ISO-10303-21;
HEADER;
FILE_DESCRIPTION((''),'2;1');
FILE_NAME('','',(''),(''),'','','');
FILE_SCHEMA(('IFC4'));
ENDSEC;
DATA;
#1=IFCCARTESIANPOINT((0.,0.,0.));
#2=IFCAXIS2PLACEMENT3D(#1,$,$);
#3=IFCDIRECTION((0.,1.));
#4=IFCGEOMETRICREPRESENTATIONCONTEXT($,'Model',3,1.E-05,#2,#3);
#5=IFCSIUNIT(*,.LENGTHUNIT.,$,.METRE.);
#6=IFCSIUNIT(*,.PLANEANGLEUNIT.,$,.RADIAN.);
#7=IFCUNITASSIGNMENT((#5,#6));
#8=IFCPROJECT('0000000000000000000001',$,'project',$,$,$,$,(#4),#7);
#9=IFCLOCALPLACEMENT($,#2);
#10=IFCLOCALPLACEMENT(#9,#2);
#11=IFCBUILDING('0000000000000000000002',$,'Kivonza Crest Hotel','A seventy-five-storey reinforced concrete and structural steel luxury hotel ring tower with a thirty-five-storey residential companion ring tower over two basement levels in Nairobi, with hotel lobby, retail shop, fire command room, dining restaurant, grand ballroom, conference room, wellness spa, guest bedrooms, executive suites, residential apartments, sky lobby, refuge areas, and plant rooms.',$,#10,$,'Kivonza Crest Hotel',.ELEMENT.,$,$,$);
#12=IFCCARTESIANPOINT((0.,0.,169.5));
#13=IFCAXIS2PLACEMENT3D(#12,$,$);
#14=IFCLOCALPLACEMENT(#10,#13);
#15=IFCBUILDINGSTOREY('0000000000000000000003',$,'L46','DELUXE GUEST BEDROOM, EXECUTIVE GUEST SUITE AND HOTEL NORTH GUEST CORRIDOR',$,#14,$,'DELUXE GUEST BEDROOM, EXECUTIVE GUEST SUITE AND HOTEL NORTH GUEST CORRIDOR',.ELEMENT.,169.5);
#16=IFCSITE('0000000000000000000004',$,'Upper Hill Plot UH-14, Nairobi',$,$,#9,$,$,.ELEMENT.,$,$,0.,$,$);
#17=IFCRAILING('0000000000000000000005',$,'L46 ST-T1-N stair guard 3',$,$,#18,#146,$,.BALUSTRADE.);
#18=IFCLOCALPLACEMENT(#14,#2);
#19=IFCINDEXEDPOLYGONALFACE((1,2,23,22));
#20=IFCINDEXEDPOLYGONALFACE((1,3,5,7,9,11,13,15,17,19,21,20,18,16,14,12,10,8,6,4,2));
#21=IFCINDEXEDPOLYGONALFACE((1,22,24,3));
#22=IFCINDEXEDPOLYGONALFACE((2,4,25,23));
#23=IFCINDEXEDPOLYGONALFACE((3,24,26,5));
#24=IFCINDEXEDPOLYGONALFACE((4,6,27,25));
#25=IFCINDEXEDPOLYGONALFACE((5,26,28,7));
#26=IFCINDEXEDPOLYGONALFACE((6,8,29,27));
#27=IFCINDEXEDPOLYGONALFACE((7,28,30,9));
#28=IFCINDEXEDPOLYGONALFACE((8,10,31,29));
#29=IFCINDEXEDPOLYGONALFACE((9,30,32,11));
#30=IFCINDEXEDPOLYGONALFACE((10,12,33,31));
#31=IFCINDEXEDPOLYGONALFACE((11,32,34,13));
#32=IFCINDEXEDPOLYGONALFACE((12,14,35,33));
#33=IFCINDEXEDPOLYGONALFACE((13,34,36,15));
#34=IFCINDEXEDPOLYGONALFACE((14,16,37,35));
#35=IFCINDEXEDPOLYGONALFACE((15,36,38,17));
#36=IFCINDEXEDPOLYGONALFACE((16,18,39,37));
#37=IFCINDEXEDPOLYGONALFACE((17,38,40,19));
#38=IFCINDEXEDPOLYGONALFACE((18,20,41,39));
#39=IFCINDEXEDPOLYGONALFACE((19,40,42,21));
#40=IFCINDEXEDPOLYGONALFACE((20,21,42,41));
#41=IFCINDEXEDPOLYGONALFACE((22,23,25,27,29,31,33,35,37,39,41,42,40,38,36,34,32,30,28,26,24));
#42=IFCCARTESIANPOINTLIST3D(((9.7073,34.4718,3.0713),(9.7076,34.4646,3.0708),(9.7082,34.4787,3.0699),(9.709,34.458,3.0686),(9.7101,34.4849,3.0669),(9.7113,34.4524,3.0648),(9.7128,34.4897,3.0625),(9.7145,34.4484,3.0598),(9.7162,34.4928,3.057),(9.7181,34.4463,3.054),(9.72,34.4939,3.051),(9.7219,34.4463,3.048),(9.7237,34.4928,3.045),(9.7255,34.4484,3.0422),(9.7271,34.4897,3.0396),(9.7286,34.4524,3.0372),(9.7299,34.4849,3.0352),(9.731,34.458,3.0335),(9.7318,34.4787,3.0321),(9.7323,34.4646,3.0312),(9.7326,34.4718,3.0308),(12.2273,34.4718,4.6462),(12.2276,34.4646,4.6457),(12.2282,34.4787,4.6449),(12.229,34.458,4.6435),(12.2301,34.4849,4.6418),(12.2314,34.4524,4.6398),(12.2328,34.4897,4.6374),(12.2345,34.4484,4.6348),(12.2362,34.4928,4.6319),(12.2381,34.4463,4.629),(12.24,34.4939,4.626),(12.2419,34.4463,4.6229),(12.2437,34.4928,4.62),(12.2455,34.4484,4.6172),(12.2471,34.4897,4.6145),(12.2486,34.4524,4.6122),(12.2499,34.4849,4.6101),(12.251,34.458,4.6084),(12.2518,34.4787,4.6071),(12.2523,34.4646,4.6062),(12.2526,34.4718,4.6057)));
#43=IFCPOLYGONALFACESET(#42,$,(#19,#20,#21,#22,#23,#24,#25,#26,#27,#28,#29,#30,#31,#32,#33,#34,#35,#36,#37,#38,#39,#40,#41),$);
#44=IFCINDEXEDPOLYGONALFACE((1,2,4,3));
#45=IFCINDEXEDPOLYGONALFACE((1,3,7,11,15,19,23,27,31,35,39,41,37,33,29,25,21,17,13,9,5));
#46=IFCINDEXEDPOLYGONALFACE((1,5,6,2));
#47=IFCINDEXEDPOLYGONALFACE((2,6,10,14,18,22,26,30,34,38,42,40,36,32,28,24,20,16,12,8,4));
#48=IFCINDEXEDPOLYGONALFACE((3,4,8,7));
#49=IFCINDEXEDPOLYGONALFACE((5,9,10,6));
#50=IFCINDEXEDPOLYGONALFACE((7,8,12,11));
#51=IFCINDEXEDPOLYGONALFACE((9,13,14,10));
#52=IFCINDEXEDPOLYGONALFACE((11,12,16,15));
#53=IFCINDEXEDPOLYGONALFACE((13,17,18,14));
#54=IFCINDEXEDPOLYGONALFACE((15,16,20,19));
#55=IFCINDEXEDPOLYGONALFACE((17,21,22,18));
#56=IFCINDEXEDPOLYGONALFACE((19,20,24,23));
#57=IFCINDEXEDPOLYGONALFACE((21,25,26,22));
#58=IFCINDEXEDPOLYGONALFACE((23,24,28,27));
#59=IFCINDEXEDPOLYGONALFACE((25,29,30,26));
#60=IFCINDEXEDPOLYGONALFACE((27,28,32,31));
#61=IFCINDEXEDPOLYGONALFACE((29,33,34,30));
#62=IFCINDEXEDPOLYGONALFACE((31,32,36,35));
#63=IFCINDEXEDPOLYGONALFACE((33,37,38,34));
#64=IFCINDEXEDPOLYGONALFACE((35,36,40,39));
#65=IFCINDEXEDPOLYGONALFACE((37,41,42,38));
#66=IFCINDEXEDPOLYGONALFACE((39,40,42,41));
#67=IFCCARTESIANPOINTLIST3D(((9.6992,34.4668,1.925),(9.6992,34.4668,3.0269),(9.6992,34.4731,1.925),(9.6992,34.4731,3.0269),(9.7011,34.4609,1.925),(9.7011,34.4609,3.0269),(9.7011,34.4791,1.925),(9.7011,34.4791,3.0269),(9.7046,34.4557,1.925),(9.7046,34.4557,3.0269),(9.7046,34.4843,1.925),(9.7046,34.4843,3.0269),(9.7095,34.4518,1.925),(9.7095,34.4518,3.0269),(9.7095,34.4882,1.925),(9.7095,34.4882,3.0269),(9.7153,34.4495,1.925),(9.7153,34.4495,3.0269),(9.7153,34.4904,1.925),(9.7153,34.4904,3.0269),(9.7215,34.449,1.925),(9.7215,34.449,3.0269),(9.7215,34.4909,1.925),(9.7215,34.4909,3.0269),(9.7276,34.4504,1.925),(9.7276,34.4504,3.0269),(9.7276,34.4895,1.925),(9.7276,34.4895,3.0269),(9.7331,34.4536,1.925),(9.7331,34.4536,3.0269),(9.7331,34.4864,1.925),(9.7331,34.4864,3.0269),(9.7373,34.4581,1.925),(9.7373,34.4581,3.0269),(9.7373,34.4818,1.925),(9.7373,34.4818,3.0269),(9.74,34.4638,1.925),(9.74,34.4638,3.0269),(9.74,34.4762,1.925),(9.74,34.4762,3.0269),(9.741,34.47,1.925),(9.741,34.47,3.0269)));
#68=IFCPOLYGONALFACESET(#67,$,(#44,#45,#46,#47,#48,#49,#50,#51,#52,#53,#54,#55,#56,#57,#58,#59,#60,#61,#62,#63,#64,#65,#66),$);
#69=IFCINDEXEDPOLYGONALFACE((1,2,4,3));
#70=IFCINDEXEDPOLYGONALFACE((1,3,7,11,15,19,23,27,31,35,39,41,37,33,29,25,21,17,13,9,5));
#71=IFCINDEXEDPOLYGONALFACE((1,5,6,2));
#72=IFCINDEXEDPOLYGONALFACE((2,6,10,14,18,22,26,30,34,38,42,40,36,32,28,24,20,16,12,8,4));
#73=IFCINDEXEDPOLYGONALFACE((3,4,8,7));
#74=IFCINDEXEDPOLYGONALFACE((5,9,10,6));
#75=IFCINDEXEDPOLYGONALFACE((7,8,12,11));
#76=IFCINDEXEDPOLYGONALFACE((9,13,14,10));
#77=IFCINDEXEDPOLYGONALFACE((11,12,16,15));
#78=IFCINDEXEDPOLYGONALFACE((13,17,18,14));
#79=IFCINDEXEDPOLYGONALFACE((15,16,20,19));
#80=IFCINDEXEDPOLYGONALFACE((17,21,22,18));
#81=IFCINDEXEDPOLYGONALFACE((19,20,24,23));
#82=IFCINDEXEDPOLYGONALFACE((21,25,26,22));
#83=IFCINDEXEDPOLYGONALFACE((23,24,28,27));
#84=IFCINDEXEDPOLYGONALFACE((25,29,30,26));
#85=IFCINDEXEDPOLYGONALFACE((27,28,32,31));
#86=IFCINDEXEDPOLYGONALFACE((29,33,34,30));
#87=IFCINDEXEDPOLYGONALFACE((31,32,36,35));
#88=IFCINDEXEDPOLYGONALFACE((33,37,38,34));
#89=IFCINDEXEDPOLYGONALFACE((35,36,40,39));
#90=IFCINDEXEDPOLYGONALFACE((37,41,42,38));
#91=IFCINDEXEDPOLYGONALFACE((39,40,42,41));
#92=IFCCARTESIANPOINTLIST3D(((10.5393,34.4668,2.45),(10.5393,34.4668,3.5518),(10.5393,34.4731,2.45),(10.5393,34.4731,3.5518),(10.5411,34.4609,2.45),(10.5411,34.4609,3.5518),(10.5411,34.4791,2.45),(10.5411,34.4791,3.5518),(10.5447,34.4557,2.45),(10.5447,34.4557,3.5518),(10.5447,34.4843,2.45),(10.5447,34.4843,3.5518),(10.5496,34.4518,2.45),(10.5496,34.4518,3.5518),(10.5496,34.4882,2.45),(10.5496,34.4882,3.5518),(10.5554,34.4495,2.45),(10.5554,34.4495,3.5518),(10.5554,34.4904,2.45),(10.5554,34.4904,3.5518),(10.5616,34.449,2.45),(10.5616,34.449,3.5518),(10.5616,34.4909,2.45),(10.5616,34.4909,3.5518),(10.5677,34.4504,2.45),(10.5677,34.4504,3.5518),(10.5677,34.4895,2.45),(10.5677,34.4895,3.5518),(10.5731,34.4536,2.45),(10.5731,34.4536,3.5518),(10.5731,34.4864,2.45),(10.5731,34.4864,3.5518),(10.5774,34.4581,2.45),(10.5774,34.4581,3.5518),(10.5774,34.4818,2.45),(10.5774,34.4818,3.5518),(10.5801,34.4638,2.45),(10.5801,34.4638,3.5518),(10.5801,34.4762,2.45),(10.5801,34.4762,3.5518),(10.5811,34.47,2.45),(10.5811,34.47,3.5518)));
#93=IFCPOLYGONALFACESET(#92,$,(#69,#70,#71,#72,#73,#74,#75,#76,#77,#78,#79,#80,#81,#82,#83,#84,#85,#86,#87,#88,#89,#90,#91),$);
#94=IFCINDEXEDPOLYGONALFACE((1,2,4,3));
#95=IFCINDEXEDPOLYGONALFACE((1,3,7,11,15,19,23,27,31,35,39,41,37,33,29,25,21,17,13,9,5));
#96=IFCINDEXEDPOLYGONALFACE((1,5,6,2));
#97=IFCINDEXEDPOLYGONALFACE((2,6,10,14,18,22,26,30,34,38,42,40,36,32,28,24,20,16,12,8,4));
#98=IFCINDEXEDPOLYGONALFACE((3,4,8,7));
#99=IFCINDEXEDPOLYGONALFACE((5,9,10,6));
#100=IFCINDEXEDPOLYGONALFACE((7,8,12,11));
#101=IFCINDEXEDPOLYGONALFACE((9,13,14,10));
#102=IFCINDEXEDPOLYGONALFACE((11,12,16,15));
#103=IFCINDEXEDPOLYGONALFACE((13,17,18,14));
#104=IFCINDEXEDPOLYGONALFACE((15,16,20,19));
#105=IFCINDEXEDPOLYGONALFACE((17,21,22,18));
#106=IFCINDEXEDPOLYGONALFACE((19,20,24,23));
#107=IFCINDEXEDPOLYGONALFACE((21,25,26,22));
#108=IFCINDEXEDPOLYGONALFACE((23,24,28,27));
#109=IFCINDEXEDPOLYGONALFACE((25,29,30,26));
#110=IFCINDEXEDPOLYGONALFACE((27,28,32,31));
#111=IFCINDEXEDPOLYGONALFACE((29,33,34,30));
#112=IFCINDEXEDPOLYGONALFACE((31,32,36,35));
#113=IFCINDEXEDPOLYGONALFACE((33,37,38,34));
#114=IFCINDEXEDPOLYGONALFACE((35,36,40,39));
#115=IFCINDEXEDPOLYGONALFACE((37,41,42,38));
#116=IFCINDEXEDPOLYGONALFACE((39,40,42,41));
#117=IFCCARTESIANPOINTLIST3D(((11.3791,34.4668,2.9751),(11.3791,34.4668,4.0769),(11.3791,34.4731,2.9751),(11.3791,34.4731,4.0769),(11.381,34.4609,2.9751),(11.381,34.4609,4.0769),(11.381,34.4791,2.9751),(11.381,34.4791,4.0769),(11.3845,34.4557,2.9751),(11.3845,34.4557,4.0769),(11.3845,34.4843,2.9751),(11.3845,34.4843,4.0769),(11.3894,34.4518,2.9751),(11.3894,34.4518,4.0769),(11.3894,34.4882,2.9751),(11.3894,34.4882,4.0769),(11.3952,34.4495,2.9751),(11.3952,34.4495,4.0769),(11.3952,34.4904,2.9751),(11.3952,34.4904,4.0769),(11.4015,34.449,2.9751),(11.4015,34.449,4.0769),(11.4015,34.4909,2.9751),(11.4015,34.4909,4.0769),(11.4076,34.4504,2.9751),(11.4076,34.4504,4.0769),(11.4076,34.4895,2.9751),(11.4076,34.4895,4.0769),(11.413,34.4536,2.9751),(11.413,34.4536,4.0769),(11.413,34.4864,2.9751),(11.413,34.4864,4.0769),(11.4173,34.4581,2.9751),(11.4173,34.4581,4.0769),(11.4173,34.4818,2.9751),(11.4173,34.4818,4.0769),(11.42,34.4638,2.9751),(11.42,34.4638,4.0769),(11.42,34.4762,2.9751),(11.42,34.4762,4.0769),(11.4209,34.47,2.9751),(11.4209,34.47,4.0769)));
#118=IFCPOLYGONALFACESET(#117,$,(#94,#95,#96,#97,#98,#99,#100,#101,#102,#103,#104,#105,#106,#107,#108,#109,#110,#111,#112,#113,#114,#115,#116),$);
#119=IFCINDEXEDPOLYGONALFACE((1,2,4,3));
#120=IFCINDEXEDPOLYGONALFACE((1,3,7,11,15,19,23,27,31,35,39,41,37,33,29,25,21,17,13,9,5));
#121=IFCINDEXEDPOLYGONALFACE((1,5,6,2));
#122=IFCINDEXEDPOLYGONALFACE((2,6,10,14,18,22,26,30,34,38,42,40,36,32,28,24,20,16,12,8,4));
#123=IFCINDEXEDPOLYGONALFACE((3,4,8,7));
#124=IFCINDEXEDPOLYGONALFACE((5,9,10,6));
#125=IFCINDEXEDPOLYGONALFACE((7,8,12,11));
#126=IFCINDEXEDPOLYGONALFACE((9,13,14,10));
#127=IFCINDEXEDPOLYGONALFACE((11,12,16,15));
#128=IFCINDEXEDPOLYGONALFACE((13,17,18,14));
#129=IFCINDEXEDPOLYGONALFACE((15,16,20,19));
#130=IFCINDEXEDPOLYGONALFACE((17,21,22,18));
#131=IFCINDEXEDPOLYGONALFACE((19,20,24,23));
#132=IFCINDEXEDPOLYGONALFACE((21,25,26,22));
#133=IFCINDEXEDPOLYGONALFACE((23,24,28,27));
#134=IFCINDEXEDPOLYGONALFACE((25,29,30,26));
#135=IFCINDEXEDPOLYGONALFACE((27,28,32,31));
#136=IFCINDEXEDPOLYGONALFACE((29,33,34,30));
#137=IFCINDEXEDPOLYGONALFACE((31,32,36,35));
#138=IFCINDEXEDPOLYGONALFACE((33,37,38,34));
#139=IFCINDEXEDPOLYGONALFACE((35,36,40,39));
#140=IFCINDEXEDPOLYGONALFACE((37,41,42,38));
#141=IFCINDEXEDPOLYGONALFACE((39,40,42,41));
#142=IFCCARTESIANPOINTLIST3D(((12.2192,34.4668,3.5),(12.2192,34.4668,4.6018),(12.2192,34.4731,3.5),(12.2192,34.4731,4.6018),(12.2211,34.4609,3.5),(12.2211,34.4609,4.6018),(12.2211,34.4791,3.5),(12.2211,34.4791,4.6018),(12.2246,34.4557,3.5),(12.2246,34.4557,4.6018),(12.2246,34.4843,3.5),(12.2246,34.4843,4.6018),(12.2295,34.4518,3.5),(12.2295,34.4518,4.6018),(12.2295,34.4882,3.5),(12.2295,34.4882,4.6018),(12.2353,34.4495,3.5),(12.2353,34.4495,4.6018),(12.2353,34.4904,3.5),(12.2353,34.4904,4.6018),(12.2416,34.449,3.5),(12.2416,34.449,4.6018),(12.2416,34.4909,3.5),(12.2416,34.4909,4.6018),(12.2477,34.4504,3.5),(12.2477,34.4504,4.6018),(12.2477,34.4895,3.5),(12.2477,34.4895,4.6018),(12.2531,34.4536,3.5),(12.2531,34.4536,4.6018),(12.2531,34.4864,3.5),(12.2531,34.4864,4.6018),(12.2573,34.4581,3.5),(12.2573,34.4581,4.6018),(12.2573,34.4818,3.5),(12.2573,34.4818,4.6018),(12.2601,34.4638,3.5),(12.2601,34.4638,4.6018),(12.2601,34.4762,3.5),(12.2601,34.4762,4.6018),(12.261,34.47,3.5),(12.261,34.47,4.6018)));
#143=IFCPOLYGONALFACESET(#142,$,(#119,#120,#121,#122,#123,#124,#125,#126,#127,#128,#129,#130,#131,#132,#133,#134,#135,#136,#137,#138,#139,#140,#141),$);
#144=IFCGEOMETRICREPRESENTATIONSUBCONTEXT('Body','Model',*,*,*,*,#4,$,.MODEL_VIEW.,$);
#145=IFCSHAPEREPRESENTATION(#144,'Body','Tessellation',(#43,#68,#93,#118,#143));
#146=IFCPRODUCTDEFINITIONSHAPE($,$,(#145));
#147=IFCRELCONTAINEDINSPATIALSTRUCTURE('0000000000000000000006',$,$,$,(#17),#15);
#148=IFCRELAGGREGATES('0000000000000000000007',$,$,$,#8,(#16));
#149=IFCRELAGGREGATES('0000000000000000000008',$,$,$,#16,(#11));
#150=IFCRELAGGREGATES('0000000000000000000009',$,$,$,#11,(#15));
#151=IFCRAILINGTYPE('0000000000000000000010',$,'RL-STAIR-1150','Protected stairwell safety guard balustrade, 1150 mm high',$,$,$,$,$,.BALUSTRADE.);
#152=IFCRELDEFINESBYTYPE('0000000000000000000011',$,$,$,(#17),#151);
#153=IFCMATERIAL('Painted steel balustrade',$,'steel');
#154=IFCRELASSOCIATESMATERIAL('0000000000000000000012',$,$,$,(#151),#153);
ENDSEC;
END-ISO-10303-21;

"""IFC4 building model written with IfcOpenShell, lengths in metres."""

from ifc_helpers import new_model, si_unit, direction, frame, origin, origin_2d, place, context, subcontext, project, spatial, circle, extrude, material, type_object, element, save


model = new_model("IFC4")

# Units and contexts
model_context = context("Model", 3, precision=1e-05, world=origin(), true_north=direction((0.0, 1.0)))
body_context = subcontext(model_context, "Body", "Model", "MODEL_VIEW")
ifc_project = project(units=[si_unit("LENGTHUNIT", "METRE"), si_unit("PLANEANGLEUNIT", "RADIAN")], contexts=[model_context])

# Site, building, storey
site_placement = place(None, origin())
site = spatial("IfcSite", under=ifc_project, at=site_placement, Name="Upper Hill Plot UH-14, Nairobi", CompositionType="ELEMENT", RefElevation=0.0)
building_placement = place(site_placement, origin())
building = spatial("IfcBuilding", under=site, at=building_placement, Name="Kivonza Crest Hotel", Description="A seventy-five-storey reinforced concrete and structural steel luxury hotel ring tower with a thirty-five-storey residential companion ring tower over two basement levels in Nairobi, with hotel lobby, retail shop, fire command room, dining restaurant, grand ballroom, conference room, wellness spa, guest bedrooms, executive suites, residential apartments, sky lobby, refuge areas, and plant rooms.", LongName="Kivonza Crest Hotel", CompositionType="ELEMENT")
storey_placement = place(building_placement, frame((0.0, 0.0, 169.5)))
storey = spatial("IfcBuildingStorey", under=building, at=storey_placement, Name="L46", Description="DELUXE GUEST BEDROOM, EXECUTIVE GUEST SUITE AND HOTEL NORTH GUEST CORRIDOR", LongName="DELUXE GUEST BEDROOM, EXECUTIVE GUEST SUITE AND HOTEL NORTH GUEST CORRIDOR", CompositionType="ELEMENT", Elevation=169.5)

# Railing
ifc_material_1 = material(Name="Painted steel balustrade", Category="steel")
railing_type_1 = type_object("IfcRailingType", Name="RL-STAIR-1150", Description="Protected stairwell safety guard balustrade, 1150 mm high", PredefinedType="BALUSTRADE", material=ifc_material_1)
railing_1_placement = place(storey_placement, frame((9.72, 34.47, 1.925)))
element("IfcRailing", 1, at=railing_1_placement, inside=storey, type_object=railing_type_1, Name="L46 ST-T1-N stair guard 3", PredefinedType="BALUSTRADE", context=body_context, shape_type="SweptSolid", body=[
    extrude(circle(Radius=0.0239, at=origin_2d()), frame((0.0, 0.0, 1.126), z_axis=(0.848008, 0.0, 0.529984), x_axis=(0.0, 1.0, 0.0)), (0.0, 0.0, 1.0), 2.9717),
    extrude(circle(Radius=0.021, at=origin_2d()), origin(), (0.0, 0.0, 1.0), 1.1018),
    extrude(circle(Radius=0.021, at=origin_2d()), frame((0.8401, 0.0, 0.5249)), (0.0, 0.0, 1.0), 1.1018),
    extrude(circle(Radius=0.021, at=origin_2d()), frame((1.6799, 0.0, 1.05)), (0.0, 0.0, 1.0), 1.1018),
    extrude(circle(Radius=0.021, at=origin_2d()), frame((2.52, 0.0, 1.575)), (0.0, 0.0, 1.0), 1.1018),
])

save(model, "model.ifc")
